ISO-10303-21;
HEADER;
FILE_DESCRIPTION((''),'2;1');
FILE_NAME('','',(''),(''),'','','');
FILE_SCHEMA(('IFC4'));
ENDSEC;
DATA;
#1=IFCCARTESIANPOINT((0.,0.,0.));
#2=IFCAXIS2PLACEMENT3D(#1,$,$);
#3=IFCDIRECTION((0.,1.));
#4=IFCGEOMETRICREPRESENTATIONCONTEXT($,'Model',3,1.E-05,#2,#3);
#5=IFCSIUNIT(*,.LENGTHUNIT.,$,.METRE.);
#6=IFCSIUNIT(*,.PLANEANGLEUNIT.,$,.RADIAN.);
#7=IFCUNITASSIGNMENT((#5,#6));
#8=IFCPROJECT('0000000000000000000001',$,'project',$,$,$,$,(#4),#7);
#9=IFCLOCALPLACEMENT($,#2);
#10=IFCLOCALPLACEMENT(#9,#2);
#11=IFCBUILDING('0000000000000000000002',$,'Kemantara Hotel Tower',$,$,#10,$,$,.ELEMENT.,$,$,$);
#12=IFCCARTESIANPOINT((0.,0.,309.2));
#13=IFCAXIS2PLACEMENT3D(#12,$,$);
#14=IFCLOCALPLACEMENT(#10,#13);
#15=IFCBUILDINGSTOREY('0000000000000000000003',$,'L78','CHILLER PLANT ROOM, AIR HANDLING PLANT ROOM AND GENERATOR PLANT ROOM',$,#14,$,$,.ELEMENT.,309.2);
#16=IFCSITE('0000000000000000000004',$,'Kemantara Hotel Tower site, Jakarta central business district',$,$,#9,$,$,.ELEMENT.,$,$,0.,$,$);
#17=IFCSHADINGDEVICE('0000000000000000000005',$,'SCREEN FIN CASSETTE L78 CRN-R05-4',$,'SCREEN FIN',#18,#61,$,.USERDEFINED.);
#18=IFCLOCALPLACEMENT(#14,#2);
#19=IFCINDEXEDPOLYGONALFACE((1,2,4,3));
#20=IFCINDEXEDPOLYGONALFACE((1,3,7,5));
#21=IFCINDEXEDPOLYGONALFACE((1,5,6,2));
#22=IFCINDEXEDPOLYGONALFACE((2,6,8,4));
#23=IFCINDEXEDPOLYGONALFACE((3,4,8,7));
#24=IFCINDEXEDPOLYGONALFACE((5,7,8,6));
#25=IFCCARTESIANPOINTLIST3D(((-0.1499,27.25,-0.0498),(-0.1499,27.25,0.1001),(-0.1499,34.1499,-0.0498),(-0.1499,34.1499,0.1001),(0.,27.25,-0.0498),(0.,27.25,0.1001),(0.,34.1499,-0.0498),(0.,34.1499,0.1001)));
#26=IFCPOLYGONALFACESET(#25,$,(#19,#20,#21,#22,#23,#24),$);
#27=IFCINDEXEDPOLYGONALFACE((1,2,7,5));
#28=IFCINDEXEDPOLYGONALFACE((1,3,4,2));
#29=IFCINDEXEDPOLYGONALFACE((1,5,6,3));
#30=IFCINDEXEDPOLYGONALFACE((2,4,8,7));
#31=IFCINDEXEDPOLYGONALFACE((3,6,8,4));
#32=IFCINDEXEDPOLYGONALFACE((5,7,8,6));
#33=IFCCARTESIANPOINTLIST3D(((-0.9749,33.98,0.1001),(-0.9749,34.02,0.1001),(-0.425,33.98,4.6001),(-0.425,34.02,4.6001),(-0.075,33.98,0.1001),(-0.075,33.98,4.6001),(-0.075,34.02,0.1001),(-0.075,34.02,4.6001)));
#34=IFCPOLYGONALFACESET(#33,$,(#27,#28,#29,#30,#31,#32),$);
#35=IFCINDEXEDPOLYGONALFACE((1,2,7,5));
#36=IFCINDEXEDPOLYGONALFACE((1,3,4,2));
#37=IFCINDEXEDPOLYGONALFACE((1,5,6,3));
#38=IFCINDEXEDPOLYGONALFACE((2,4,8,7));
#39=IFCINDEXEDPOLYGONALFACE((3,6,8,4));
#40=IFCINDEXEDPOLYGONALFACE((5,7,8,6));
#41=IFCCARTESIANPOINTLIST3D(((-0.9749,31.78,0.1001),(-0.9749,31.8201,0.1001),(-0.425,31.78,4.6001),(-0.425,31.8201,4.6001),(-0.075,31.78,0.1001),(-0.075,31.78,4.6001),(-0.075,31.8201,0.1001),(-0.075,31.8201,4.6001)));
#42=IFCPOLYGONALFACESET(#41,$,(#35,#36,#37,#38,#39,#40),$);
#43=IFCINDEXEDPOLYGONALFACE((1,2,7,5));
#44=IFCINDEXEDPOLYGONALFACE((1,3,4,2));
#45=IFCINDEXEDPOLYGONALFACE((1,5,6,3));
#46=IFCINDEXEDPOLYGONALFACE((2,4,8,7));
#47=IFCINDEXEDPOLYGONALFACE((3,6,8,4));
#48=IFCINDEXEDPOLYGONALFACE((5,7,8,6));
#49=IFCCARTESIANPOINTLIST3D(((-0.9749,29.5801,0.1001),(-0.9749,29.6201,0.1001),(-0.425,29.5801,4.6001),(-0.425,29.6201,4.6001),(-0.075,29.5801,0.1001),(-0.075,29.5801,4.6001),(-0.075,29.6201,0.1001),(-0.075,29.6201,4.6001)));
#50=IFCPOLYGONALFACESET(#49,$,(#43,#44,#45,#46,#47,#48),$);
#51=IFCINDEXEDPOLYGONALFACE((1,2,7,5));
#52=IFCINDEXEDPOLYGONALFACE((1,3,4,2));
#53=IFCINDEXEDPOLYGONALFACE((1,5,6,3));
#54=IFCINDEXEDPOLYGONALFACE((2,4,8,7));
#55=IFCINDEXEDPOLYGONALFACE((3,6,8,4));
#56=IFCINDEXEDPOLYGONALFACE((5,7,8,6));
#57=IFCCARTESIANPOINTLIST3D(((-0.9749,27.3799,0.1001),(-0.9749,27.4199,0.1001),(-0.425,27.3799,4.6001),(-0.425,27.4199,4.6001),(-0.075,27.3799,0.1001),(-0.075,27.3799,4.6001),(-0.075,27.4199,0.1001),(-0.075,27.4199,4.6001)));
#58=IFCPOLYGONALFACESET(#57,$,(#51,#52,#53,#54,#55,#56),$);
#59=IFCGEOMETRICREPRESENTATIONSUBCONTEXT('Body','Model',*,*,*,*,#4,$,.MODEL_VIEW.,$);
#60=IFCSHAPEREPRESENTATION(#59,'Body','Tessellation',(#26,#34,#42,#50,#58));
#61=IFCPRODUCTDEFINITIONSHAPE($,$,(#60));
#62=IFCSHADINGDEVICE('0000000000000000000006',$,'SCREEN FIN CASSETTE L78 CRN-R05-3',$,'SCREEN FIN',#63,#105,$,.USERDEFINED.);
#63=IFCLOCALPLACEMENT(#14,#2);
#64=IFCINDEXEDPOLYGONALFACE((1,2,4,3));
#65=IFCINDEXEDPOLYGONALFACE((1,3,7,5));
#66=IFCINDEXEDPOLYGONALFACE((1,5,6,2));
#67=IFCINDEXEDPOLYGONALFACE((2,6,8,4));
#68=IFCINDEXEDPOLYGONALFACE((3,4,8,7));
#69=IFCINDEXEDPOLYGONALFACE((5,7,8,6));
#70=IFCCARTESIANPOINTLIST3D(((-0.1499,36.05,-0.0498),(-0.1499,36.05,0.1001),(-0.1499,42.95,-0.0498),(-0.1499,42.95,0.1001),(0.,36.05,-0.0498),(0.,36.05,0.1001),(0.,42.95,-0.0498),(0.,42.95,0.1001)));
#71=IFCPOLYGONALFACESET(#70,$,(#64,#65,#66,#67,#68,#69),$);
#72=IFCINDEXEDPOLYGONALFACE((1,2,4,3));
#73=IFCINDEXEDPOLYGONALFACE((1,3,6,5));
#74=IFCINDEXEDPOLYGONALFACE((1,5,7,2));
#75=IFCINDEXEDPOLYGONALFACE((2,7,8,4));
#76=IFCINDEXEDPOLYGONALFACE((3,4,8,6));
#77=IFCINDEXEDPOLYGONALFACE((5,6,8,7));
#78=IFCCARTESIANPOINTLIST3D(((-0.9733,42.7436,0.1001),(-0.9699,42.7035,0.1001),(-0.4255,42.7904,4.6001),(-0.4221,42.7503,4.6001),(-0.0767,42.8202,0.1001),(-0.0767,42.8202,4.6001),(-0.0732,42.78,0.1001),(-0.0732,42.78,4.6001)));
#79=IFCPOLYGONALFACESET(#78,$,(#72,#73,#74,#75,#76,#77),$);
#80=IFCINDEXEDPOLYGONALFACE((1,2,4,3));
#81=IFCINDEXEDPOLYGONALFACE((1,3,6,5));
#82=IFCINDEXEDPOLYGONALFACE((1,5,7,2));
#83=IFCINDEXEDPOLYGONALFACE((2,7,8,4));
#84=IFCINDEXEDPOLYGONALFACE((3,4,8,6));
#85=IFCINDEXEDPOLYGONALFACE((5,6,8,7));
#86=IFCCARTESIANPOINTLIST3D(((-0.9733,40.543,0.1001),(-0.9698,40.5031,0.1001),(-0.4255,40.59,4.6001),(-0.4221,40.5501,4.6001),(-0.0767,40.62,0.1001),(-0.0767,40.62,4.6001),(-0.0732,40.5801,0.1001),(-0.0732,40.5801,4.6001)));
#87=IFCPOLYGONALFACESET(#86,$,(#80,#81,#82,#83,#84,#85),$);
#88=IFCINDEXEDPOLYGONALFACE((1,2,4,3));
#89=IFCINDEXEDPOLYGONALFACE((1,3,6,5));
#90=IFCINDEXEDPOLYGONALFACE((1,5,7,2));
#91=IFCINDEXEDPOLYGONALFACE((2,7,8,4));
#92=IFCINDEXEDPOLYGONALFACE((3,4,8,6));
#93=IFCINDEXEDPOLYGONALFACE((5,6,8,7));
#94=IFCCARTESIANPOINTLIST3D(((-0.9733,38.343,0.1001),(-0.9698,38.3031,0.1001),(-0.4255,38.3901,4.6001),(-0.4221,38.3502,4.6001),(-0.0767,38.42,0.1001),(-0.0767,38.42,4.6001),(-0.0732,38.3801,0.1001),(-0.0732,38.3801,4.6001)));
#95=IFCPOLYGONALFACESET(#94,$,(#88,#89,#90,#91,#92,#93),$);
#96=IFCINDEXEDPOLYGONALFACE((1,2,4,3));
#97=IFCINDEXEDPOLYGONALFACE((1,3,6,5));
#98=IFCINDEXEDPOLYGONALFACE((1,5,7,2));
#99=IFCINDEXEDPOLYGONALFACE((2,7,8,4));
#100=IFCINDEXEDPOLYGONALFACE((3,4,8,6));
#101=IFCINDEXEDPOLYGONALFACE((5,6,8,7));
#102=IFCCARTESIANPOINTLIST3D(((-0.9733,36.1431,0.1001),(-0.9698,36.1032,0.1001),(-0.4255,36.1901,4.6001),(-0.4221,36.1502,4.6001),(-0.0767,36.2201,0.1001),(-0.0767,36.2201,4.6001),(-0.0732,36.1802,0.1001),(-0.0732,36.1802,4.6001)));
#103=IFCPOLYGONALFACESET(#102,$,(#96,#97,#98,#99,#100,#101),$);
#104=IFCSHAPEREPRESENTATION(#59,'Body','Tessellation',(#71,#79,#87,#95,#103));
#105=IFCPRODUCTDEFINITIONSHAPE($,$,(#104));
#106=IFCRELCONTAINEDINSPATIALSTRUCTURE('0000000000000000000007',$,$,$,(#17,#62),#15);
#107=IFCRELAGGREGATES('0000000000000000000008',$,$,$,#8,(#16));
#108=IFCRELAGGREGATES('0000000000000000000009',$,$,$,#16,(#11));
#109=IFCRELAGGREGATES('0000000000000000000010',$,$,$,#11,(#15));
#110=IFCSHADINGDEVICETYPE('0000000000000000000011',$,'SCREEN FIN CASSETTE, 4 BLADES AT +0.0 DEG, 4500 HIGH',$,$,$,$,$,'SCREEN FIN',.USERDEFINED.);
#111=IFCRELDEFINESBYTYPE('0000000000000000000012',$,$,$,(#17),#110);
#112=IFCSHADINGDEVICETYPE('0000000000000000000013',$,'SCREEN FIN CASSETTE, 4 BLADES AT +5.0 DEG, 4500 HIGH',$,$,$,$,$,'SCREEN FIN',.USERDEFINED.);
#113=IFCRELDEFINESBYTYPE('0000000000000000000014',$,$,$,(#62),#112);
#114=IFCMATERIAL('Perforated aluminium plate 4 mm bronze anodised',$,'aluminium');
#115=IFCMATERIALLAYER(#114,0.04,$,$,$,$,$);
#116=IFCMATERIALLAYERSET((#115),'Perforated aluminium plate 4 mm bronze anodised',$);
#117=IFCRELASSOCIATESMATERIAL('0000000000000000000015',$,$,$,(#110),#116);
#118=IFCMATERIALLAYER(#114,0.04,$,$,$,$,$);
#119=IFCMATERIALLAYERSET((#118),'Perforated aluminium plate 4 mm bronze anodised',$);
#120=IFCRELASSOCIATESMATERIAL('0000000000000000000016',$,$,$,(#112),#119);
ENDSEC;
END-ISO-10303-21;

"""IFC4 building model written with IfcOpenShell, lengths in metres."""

from ifc_helpers import new_model, si_unit, direction, frame, origin, origin_2d, place, context, subcontext, project, spatial, polyline, rectangle, outline, extrude, source, transform, mapped, material, layer, layer_set, type_object, element, save


model = new_model("IFC4")

# Units and contexts
model_context = context("Model", 3, precision=1e-05, world=origin(), true_north=direction((0.0, 1.0)))
body_context = subcontext(model_context, "Body", "Model", "MODEL_VIEW")
ifc_project = project(units=[si_unit("LENGTHUNIT", "METRE"), si_unit("PLANEANGLEUNIT", "RADIAN")], contexts=[model_context])

# Site, building, storey
site_placement = place(None, origin())
site = spatial("IfcSite", under=ifc_project, at=site_placement, Name="Kemantara Hotel Tower site, Jakarta central business district", CompositionType="ELEMENT", RefElevation=0.0)
building_placement = place(site_placement, origin())
building = spatial("IfcBuilding", under=site, at=building_placement, Name="Kemantara Hotel Tower", CompositionType="ELEMENT")
storey_placement = place(building_placement, frame((0.0, 0.0, 309.2)))
storey = spatial("IfcBuildingStorey", under=building, at=storey_placement, Name="L78", Description="CHILLER PLANT ROOM, AIR HANDLING PLANT ROOM AND GENERATOR PLANT ROOM", CompositionType="ELEMENT", Elevation=309.2)

# Shading devices
ifc_material_1 = material(Name="Perforated aluminium plate 4 mm bronze anodised", Category="aluminium")
ifc_layer_1 = layer(ifc_material_1, 0.04)
ifc_layer_set_1 = layer_set([ifc_layer_1], Name="Perforated aluminium plate 4 mm bronze anodised")
shading_device_type_1 = type_object("IfcShadingDeviceType", Name="SCREEN FIN CASSETTE, 4 BLADES AT +0.0 DEG, 4500 HIGH", ElementType="SCREEN FIN", PredefinedType="USERDEFINED", material=ifc_layer_set_1)
shared_shape_1 = source(origin(), body_context, "Body", "SweptSolid", [
    extrude(rectangle(XDim=6.8999, YDim=0.1499, at=origin_2d()), frame((3.3, -0.075, -0.1499), z_axis=(0.0, 0.0, 1.0), x_axis=(1.0, 0.0, 0.0)), (0.0, 0.0, 1.0), 0.1499),
    extrude(outline(polyline([(0.0, 0.0), (0.8999, 0.0), (0.3501, 4.5), (0.0, 4.5), (0.0, 0.0)])), frame((0.02, -0.075, 0.0), z_axis=(-1.0, 0.0, 0.0), x_axis=(0.0, -1.0, 0.0)), (0.0, 0.0, 1.0), 0.04),
    extrude(outline(polyline([(0.0, 0.0), (0.8999, 0.0), (0.3501, 4.5), (0.0, 4.5), (0.0, 0.0)])), frame((2.22, -0.075, 0.0), z_axis=(-1.0, 0.0, 0.0), x_axis=(0.0, -1.0, 0.0)), (0.0, 0.0, 1.0), 0.04),
    extrude(outline(polyline([(0.0, 0.0), (0.8999, 0.0), (0.3501, 4.5), (0.0, 4.5), (0.0, 0.0)])), frame((4.4199, -0.075, 0.0), z_axis=(-1.0, 0.0, 0.0), x_axis=(0.0, -1.0, 0.0)), (0.0, 0.0, 1.0), 0.04),
    extrude(outline(polyline([(0.0, 0.0), (0.8999, 0.0), (0.3501, 4.5), (0.0, 4.5), (0.0, 0.0)])), frame((6.6201, -0.075, 0.0), z_axis=(-1.0, 0.0, 0.0), x_axis=(0.0, -1.0, 0.0)), (0.0, 0.0, 1.0), 0.04),
])
shading_device_1_placement = place(storey_placement, frame((0.0, 34.0, 0.1001), z_axis=(0.0, 0.0, 1.0), x_axis=(0.0, -1.0, 0.0)))
element("IfcShadingDevice", 1, at=shading_device_1_placement, inside=storey, type_object=shading_device_type_1, Name="SCREEN FIN CASSETTE L78 CRN-R05-4", ObjectType="SCREEN FIN", PredefinedType="USERDEFINED", context=body_context, shape_type="MappedRepresentation", body=[
    mapped(shared_shape_1, transform((0.0, 0.0, 0.0))),
])
ifc_layer_2 = layer(ifc_material_1, 0.04)
ifc_layer_set_2 = layer_set([ifc_layer_2], Name="Perforated aluminium plate 4 mm bronze anodised")
shading_device_type_2 = type_object("IfcShadingDeviceType", Name="SCREEN FIN CASSETTE, 4 BLADES AT +5.0 DEG, 4500 HIGH", ElementType="SCREEN FIN", PredefinedType="USERDEFINED", material=ifc_layer_set_2)
shared_shape_2 = source(origin(), body_context, "Body", "SweptSolid", [
    extrude(rectangle(XDim=6.8999, YDim=0.1499, at=origin_2d()), frame((3.3, -0.075, -0.1499), z_axis=(0.0, 0.0, 1.0), x_axis=(1.0, 0.0, 0.0)), (0.0, 0.0, 1.0), 0.1499),
    extrude(outline(polyline([(0.0, 0.0), (0.8999, 0.0), (0.3501, 4.5), (0.0, 4.5), (0.0, 0.0)])), frame((0.02, -0.0732, 0.0), z_axis=(-0.996376, -0.085056, 0.0), x_axis=(0.085056, -0.996376, 0.0)), (0.0, 0.0, 1.0), 0.0403),
    extrude(outline(polyline([(0.0, 0.0), (0.8999, 0.0), (0.3501, 4.5), (0.0, 4.5), (0.0, 0.0)])), frame((2.22, -0.0732, 0.0), z_axis=(-0.996332, -0.085575, 0.0), x_axis=(0.085575, -0.996332, 0.0)), (0.0, 0.0, 1.0), 0.04),
    extrude(outline(polyline([(0.0, 0.0), (0.8999, 0.0), (0.3501, 4.5), (0.0, 4.5), (0.0, 0.0)])), frame((4.4199, -0.0732, 0.0), z_axis=(-0.996332, -0.085575, 0.0), x_axis=(0.085575, -0.996332, 0.0)), (0.0, 0.0, 1.0), 0.04),
    extrude(outline(polyline([(0.0, 0.0), (0.8999, 0.0), (0.3501, 4.5), (0.0, 4.5), (0.0, 0.0)])), frame((6.6199, -0.0732, 0.0), z_axis=(-0.996332, -0.085575, 0.0), x_axis=(0.085575, -0.996332, 0.0)), (0.0, 0.0, 1.0), 0.04),
])
shading_device_2_placement = place(storey_placement, frame((0.0, 42.8, 0.1001), z_axis=(0.0, 0.0, 1.0), x_axis=(0.0, -1.0, 0.0)))
element("IfcShadingDevice", 2, at=shading_device_2_placement, inside=storey, type_object=shading_device_type_2, Name="SCREEN FIN CASSETTE L78 CRN-R05-3", ObjectType="SCREEN FIN", PredefinedType="USERDEFINED", context=body_context, shape_type="MappedRepresentation", body=[
    mapped(shared_shape_2, transform((0.0, 0.0, 0.0))),
])

save(model, "model.ifc")
